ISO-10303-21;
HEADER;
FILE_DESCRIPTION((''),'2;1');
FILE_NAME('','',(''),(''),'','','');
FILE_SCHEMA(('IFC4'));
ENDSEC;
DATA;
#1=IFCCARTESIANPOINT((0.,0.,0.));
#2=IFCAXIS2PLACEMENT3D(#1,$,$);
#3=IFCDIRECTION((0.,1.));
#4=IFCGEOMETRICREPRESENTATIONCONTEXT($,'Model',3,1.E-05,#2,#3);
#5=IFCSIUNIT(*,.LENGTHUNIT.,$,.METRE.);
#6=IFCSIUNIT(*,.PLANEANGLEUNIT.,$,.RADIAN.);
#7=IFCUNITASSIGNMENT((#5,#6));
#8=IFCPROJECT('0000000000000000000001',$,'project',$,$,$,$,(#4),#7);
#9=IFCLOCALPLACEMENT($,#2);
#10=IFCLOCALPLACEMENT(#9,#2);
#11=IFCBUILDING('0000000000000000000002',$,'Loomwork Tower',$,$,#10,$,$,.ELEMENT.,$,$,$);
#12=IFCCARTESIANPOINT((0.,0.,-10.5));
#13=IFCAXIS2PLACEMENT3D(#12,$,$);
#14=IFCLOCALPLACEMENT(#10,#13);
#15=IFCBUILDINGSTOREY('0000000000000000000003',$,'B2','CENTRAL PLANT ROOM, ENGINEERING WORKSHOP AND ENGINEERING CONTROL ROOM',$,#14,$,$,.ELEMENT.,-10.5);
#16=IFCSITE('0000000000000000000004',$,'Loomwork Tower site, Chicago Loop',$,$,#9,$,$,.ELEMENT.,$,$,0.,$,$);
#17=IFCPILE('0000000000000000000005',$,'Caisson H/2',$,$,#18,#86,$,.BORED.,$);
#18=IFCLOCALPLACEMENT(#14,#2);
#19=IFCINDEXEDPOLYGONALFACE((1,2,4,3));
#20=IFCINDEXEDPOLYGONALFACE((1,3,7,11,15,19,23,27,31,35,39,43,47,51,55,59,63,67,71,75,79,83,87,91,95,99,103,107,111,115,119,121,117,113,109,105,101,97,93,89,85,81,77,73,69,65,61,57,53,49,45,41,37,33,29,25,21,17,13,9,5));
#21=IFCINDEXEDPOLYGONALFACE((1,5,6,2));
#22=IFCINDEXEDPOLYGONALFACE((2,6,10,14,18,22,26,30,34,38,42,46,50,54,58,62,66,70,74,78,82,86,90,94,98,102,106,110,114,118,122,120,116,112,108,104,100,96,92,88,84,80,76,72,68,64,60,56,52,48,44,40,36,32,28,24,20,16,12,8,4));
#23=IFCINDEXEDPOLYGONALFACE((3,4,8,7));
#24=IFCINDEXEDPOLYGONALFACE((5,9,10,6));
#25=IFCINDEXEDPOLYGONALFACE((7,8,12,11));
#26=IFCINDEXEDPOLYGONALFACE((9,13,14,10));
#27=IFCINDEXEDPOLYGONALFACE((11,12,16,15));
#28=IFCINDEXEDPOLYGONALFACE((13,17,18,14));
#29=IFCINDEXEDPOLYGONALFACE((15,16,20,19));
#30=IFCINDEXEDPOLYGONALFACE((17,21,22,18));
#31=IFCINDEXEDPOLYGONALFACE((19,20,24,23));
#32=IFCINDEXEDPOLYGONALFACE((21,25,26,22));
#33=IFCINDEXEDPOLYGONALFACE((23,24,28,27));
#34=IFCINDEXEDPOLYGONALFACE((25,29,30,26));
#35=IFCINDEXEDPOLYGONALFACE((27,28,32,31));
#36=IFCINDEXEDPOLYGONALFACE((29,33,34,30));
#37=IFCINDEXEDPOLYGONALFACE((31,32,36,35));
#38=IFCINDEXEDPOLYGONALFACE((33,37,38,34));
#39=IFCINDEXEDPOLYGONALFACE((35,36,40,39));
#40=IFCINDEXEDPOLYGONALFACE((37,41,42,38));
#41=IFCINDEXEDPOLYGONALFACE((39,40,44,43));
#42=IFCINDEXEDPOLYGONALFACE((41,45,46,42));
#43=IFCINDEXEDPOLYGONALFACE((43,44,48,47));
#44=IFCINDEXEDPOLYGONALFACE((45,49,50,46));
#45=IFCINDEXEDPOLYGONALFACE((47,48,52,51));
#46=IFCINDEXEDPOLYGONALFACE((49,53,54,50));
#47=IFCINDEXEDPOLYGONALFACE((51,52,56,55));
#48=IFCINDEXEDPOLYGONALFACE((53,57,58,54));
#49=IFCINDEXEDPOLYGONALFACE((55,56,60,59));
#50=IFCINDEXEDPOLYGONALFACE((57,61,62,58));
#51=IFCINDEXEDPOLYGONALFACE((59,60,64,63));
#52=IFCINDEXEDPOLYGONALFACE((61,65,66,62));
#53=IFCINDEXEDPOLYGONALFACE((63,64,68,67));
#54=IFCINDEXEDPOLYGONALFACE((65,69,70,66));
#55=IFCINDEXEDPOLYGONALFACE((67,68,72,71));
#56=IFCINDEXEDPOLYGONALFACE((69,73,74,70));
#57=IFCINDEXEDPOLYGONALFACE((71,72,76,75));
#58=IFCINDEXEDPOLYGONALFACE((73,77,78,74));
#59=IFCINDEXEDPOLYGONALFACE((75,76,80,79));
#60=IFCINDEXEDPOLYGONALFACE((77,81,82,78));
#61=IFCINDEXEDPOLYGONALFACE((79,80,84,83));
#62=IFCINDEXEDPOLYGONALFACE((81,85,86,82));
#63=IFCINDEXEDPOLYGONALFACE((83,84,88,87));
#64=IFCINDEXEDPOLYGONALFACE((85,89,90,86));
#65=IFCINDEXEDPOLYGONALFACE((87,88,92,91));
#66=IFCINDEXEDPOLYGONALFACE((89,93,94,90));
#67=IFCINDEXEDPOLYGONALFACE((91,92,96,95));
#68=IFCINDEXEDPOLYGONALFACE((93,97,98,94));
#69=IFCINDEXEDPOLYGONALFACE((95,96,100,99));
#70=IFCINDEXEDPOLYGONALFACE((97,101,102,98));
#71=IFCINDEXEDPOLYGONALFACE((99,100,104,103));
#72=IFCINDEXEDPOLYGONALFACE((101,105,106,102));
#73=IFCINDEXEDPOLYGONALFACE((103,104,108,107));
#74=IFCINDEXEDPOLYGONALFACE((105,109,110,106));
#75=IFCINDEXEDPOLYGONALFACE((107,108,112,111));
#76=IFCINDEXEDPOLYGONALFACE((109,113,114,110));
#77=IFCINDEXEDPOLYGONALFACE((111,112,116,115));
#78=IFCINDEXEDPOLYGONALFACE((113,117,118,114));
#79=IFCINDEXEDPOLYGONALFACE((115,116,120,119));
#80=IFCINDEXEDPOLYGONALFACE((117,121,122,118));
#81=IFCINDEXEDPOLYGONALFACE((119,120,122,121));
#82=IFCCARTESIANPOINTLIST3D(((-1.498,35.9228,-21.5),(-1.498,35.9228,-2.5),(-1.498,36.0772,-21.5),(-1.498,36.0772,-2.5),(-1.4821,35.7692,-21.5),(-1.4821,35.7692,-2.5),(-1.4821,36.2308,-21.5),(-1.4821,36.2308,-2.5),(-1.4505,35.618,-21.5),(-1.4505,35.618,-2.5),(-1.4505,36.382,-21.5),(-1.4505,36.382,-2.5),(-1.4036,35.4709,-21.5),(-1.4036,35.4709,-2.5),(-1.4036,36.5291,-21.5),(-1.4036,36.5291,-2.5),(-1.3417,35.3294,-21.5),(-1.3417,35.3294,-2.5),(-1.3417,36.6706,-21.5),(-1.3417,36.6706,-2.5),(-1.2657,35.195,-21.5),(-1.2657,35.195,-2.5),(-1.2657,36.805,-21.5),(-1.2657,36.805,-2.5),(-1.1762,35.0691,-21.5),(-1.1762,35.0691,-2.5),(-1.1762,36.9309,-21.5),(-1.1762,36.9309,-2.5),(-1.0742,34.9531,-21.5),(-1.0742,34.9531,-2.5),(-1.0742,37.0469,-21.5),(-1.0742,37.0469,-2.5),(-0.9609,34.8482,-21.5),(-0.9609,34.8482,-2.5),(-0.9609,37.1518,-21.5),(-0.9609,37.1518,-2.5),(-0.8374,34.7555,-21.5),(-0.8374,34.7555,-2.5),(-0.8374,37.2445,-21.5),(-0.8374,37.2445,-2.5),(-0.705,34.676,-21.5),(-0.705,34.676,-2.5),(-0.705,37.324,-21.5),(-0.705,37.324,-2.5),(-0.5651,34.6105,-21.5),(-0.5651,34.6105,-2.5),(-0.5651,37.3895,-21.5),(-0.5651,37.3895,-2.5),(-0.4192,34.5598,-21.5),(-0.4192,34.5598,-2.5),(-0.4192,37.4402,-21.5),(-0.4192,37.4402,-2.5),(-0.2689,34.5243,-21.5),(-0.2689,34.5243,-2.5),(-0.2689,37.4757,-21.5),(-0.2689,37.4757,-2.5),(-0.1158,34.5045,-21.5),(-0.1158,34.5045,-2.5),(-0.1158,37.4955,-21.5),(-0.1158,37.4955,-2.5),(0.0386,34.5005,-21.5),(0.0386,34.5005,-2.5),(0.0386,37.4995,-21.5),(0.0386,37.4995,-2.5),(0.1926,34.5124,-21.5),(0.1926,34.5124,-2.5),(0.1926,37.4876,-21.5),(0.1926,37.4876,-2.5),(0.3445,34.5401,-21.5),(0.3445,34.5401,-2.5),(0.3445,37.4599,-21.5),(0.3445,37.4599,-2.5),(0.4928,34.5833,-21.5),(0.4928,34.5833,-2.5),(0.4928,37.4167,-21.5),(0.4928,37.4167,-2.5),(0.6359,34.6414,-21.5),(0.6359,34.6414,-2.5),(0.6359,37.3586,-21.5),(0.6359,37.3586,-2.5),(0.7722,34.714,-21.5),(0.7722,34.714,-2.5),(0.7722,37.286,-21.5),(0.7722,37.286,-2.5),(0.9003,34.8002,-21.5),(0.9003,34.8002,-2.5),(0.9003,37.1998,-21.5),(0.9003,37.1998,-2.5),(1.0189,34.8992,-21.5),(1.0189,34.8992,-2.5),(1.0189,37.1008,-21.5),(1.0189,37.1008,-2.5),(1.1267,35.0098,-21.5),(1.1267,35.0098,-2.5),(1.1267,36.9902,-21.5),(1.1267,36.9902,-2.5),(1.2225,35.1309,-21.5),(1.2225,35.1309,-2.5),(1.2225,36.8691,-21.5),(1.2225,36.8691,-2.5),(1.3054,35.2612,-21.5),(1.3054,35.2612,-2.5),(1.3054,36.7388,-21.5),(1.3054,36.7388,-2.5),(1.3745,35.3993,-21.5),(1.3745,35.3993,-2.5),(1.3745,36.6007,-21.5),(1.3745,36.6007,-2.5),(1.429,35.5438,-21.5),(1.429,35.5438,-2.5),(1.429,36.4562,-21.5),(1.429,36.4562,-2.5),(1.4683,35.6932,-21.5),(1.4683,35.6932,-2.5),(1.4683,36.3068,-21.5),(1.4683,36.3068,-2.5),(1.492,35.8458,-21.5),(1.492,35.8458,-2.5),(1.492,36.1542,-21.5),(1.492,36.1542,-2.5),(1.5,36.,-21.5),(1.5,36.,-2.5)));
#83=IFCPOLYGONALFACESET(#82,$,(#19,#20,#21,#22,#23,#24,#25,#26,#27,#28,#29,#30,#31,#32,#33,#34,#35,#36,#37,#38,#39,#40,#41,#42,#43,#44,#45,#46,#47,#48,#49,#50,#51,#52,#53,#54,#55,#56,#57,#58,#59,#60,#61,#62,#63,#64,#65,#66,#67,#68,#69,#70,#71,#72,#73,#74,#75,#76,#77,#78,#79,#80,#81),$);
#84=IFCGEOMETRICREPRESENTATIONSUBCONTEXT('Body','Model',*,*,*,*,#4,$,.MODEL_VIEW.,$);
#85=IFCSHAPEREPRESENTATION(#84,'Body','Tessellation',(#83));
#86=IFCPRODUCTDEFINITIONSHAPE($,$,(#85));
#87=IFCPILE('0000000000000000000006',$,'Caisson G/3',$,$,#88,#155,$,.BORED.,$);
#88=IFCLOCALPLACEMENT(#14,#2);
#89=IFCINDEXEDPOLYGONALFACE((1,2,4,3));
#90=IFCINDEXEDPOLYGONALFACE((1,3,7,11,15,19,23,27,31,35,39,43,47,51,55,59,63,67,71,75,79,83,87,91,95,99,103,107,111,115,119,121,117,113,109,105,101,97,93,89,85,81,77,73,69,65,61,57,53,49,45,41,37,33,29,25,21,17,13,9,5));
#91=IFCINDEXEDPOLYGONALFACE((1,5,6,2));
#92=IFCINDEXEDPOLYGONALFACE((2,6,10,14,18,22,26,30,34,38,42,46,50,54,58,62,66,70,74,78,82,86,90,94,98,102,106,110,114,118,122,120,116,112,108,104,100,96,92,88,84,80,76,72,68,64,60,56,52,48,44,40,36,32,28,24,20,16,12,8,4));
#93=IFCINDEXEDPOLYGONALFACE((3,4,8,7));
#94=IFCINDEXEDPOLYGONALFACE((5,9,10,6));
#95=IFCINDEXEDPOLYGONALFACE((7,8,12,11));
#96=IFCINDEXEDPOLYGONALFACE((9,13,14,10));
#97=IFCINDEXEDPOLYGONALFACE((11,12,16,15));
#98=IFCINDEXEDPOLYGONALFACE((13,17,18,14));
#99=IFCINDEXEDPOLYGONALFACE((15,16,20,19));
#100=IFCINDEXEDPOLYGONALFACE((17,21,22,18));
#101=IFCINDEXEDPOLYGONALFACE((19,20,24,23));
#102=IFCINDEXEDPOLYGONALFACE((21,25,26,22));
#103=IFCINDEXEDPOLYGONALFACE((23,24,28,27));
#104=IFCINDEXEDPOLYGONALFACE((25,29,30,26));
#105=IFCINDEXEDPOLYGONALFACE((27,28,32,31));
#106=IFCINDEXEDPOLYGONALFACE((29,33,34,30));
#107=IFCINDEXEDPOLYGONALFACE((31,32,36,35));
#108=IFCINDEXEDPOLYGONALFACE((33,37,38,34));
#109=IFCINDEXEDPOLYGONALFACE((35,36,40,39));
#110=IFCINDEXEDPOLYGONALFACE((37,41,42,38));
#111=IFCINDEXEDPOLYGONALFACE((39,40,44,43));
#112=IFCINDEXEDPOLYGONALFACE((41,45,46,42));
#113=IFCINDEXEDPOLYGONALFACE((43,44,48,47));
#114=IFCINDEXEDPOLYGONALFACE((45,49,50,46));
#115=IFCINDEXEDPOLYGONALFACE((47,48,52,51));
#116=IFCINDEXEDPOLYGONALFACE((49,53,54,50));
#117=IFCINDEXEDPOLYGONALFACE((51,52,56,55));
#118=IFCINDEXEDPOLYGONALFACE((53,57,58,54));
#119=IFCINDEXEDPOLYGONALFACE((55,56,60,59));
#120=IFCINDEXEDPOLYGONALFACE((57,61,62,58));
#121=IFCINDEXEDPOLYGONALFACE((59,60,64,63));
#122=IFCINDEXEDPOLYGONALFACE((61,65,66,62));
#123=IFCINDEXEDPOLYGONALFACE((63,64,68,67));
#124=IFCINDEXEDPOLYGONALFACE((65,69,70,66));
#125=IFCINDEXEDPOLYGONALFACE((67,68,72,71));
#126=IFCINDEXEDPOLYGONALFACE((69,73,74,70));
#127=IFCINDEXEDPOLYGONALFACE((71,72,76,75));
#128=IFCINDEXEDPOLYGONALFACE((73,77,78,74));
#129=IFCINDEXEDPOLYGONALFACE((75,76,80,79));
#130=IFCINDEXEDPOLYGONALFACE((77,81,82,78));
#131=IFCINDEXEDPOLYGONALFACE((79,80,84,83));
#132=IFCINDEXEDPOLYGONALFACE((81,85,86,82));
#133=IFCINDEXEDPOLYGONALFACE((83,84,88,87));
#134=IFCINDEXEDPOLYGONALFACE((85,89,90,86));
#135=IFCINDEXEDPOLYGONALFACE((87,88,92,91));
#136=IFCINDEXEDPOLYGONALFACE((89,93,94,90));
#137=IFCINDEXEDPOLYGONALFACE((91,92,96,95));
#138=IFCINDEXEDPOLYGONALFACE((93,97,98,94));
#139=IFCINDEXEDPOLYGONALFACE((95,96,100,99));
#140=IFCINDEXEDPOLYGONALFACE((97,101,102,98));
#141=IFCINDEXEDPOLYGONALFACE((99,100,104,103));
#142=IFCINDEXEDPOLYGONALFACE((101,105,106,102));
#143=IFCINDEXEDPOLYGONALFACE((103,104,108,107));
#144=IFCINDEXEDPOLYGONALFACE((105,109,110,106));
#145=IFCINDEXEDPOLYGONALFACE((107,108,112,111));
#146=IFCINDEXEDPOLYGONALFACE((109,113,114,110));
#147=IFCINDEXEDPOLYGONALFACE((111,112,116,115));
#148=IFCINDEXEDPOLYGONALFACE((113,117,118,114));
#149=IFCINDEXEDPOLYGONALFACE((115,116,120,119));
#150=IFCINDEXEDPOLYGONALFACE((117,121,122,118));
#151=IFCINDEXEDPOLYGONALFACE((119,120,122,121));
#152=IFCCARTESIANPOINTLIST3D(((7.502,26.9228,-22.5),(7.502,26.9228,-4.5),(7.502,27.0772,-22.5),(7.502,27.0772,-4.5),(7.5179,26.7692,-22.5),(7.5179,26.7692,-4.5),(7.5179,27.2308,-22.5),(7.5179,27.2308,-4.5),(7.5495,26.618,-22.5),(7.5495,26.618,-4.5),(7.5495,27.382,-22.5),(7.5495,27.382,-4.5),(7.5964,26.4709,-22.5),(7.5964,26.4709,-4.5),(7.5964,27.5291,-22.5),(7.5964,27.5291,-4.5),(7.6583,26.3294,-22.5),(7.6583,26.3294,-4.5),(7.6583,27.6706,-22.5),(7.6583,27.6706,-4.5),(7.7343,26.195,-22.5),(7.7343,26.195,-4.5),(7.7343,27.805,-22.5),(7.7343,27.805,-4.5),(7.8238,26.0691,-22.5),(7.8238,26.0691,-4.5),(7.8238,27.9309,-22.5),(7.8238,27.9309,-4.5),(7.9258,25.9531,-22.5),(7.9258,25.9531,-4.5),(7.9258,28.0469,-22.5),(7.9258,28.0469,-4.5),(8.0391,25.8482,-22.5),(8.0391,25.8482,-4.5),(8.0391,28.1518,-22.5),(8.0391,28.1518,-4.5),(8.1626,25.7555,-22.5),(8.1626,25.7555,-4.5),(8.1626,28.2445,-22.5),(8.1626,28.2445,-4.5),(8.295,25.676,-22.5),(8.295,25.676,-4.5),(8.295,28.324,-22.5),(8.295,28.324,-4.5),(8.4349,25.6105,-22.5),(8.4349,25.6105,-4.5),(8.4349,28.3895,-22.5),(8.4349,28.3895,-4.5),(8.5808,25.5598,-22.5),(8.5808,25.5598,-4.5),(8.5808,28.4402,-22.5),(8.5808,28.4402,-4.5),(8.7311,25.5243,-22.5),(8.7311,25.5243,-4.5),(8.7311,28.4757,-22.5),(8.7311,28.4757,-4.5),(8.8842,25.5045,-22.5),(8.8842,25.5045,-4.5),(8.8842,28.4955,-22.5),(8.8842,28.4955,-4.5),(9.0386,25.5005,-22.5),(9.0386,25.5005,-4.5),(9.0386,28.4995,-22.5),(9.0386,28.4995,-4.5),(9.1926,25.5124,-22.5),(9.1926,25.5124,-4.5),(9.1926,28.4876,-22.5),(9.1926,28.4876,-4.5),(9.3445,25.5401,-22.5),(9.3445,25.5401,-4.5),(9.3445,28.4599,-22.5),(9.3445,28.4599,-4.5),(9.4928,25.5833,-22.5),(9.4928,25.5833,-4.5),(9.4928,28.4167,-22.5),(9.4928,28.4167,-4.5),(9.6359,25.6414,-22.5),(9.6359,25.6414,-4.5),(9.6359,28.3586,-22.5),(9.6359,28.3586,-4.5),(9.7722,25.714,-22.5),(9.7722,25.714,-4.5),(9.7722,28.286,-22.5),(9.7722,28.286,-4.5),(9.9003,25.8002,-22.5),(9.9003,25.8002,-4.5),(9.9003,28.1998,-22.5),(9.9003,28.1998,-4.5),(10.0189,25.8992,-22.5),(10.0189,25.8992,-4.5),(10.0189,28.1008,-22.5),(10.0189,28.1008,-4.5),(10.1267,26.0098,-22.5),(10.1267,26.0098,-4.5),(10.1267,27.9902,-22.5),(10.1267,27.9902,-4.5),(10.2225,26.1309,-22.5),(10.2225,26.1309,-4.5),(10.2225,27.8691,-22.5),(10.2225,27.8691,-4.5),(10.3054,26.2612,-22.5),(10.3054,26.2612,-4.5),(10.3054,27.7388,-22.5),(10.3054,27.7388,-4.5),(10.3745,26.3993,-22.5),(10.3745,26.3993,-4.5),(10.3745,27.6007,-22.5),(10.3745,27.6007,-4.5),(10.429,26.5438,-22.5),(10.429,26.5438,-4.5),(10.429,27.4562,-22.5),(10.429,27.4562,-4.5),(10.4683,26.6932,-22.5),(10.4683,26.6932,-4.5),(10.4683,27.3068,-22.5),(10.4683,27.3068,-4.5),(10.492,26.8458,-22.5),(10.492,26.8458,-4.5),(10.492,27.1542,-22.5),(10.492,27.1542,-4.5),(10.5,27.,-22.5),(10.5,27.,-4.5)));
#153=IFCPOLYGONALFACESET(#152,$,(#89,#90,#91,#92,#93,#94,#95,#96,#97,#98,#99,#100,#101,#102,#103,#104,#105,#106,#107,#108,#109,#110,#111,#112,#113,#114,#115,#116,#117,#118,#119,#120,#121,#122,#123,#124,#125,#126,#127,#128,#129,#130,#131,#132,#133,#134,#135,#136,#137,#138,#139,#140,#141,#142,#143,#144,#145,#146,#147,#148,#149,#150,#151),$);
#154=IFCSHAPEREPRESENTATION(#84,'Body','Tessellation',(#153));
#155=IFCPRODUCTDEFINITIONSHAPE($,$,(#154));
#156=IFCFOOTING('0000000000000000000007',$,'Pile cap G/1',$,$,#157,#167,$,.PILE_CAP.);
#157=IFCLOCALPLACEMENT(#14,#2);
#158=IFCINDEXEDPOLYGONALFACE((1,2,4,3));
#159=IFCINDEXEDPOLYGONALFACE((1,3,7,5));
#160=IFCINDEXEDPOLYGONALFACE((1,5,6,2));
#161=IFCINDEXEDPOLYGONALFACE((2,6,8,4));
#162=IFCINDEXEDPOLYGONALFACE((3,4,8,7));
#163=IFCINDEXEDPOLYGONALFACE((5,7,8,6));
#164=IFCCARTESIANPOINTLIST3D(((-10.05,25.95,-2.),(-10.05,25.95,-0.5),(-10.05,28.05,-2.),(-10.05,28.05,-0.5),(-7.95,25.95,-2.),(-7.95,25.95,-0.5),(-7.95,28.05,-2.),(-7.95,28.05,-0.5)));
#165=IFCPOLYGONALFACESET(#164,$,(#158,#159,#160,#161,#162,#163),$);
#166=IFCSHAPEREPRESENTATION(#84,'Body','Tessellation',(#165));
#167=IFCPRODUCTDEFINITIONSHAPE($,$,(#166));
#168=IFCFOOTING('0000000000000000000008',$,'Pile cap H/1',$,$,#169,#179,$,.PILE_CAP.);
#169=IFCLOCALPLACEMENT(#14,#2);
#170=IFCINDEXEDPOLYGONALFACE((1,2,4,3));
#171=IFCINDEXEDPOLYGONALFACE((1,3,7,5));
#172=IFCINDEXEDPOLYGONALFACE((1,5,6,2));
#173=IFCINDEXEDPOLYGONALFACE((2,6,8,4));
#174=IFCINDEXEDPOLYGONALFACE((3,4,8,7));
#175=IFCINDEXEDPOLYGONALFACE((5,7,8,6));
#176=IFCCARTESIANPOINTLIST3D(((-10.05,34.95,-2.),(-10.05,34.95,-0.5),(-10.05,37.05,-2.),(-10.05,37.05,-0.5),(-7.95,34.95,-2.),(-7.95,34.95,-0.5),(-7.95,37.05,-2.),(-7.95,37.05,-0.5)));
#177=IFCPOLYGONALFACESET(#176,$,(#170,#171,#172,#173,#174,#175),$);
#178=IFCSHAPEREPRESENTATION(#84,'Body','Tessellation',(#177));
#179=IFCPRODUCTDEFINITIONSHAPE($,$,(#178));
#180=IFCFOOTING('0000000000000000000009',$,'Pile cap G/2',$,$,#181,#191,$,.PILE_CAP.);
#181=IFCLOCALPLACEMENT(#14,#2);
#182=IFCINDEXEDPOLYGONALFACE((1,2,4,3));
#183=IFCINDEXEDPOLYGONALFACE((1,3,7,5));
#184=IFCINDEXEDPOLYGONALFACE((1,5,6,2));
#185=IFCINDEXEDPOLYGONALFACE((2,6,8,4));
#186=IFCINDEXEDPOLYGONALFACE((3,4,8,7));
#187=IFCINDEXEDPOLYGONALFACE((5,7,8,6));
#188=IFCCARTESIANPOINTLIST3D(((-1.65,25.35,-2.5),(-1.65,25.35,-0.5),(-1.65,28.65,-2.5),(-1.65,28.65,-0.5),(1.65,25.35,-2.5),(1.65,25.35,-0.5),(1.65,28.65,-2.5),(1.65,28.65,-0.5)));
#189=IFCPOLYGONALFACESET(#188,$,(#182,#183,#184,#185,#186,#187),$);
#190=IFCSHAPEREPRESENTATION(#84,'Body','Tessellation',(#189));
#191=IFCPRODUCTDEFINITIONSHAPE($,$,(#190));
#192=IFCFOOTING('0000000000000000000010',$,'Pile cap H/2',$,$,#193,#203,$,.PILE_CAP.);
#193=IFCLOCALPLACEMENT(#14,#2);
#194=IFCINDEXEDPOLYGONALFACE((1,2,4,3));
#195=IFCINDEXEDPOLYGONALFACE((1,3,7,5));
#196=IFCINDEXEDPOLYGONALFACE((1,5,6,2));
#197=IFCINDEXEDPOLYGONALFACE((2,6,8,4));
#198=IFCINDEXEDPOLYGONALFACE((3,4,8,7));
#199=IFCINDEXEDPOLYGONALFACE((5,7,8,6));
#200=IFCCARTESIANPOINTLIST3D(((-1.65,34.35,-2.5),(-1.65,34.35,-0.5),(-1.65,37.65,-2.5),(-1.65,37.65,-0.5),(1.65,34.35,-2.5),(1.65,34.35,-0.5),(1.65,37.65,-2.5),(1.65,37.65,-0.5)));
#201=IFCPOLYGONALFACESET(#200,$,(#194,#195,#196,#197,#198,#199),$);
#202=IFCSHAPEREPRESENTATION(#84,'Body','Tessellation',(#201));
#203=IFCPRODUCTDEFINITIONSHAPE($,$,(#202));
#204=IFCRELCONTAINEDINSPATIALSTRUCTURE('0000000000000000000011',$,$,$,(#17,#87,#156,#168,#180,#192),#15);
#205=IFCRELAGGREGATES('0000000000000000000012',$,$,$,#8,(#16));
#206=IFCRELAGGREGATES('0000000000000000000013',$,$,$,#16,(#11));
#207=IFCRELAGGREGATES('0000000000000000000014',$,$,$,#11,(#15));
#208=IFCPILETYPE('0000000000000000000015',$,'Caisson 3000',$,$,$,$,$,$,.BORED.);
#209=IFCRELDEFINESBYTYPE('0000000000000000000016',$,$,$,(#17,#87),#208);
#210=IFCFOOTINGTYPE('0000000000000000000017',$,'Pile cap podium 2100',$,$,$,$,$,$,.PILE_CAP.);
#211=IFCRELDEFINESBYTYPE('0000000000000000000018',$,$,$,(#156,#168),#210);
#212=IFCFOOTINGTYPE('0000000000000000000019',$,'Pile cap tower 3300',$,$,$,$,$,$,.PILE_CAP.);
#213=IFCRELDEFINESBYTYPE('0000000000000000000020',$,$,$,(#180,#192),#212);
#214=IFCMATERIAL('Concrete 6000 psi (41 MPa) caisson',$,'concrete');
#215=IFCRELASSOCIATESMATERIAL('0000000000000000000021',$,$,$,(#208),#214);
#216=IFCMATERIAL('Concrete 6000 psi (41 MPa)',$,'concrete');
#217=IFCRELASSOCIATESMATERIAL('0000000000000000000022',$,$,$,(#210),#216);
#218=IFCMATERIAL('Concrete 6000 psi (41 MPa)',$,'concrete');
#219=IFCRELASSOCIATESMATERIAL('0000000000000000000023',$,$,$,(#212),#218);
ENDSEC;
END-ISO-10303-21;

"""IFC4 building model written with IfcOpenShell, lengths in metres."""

from ifc_helpers import new_model, si_unit, direction, frame, origin, origin_2d, place, context, subcontext, project, spatial, rectangle, circle, extrude, material, material_profile, profile_set, type_object, element, save


model = new_model("IFC4")

# Units and contexts
model_context = context("Model", 3, precision=1e-05, world=origin(), true_north=direction((0.0, 1.0)))
body_context = subcontext(model_context, "Body", "Model", "MODEL_VIEW")
ifc_project = project(units=[si_unit("LENGTHUNIT", "METRE"), si_unit("PLANEANGLEUNIT", "RADIAN")], contexts=[model_context])

# Site, building, storey
site_placement = place(None, origin())
site = spatial("IfcSite", under=ifc_project, at=site_placement, Name="Loomwork Tower site, Chicago Loop", CompositionType="ELEMENT", RefElevation=0.0)
building_placement = place(site_placement, origin())
building = spatial("IfcBuilding", under=site, at=building_placement, Name="Loomwork Tower", CompositionType="ELEMENT")
storey_placement = place(building_placement, frame((0.0, 0.0, -10.5)))
storey = spatial("IfcBuildingStorey", under=building, at=storey_placement, Name="B2", Description="CENTRAL PLANT ROOM, ENGINEERING WORKSHOP AND ENGINEERING CONTROL ROOM", CompositionType="ELEMENT", Elevation=-10.5)

# Piles
ifc_material_1 = material(Name="Concrete 6000 psi (41 MPa) caisson", Category="concrete")
ifc_material_profile_1 = material_profile(ifc_material_1, circle(Radius=1.5, at=origin_2d()), Name="D3000")
ifc_profile_set_1 = profile_set([ifc_material_profile_1], Name="Concrete 6000 psi (41 MPa) caisson")
pile_type_1 = type_object("IfcPileType", Name="Caisson 3000", PredefinedType="BORED", material=ifc_profile_set_1)
for number, where, z_axis, x_axis, name in (
    (1, (0.0, 36.0, -2.5), (0.0, 0.0, -1.0), (1.0, 0.0, 0.0), "Caisson H/2"),
):
    element("IfcPile", number, at=place(storey_placement, frame(where, z_axis=z_axis, x_axis=x_axis)), inside=storey, type_object=pile_type_1, Name=name, PredefinedType="BORED", context=body_context, shape_type="SweptSolid", body=[
        extrude(circle(Radius=1.5, at=origin_2d()), origin(), (0.0, 0.0, 1.0), 19.0),
    ])
pile_placement = place(storey_placement, frame((9.0, 27.0, -4.5), z_axis=(0.0, 0.0, -1.0), x_axis=(1.0, 0.0, 0.0)))
element("IfcPile", 2, at=pile_placement, inside=storey, type_object=pile_type_1, Name="Caisson G/3", PredefinedType="BORED", context=body_context, shape_type="SweptSolid", body=[
    extrude(circle(Radius=1.5, at=origin_2d()), origin(), (0.0, 0.0, 1.0), 18.0),
])

# Footings
ifc_material_2 = material(Name="Concrete 6000 psi (41 MPa)", Category="concrete")
footing_type_1 = type_object("IfcFootingType", Name="Pile cap podium 2100", PredefinedType="PILE_CAP", material=ifc_material_2)
for number, where, z_axis, x_axis, name in (
    (3, (-9.0, 27.0, -2.0), (0.0, 0.0, 1.0), (1.0, 0.0, 0.0), "Pile cap G/1"),
    (4, (-9.0, 36.0, -2.0), (0.0, 0.0, 1.0), (1.0, 0.0, 0.0), "Pile cap H/1"),
):
    element("IfcFooting", number, at=place(storey_placement, frame(where, z_axis=z_axis, x_axis=x_axis)), inside=storey, type_object=footing_type_1, Name=name, PredefinedType="PILE_CAP", context=body_context, shape_type="SweptSolid", body=[
        extrude(rectangle(XDim=2.1001, YDim=2.1001, at=origin_2d()), origin(), (0.0, 0.0, 1.0), 1.5),
    ])
ifc_material_3 = material(Name="Concrete 6000 psi (41 MPa)", Category="concrete")
footing_type_2 = type_object("IfcFootingType", Name="Pile cap tower 3300", PredefinedType="PILE_CAP", material=ifc_material_3)
for number, where, z_axis, x_axis, name in (
    (5, (0.0, 27.0, -2.5), (0.0, 0.0, 1.0), (1.0, 0.0, 0.0), "Pile cap G/2"),
    (6, (0.0, 36.0, -2.5), (0.0, 0.0, 1.0), (1.0, 0.0, 0.0), "Pile cap H/2"),
):
    element("IfcFooting", number, at=place(storey_placement, frame(where, z_axis=z_axis, x_axis=x_axis)), inside=storey, type_object=footing_type_2, Name=name, PredefinedType="PILE_CAP", context=body_context, shape_type="SweptSolid", body=[
        extrude(rectangle(XDim=3.3, YDim=3.3, at=origin_2d()), origin(), (0.0, 0.0, 1.0), 2.0),
    ])

save(model, "model.ifc")
